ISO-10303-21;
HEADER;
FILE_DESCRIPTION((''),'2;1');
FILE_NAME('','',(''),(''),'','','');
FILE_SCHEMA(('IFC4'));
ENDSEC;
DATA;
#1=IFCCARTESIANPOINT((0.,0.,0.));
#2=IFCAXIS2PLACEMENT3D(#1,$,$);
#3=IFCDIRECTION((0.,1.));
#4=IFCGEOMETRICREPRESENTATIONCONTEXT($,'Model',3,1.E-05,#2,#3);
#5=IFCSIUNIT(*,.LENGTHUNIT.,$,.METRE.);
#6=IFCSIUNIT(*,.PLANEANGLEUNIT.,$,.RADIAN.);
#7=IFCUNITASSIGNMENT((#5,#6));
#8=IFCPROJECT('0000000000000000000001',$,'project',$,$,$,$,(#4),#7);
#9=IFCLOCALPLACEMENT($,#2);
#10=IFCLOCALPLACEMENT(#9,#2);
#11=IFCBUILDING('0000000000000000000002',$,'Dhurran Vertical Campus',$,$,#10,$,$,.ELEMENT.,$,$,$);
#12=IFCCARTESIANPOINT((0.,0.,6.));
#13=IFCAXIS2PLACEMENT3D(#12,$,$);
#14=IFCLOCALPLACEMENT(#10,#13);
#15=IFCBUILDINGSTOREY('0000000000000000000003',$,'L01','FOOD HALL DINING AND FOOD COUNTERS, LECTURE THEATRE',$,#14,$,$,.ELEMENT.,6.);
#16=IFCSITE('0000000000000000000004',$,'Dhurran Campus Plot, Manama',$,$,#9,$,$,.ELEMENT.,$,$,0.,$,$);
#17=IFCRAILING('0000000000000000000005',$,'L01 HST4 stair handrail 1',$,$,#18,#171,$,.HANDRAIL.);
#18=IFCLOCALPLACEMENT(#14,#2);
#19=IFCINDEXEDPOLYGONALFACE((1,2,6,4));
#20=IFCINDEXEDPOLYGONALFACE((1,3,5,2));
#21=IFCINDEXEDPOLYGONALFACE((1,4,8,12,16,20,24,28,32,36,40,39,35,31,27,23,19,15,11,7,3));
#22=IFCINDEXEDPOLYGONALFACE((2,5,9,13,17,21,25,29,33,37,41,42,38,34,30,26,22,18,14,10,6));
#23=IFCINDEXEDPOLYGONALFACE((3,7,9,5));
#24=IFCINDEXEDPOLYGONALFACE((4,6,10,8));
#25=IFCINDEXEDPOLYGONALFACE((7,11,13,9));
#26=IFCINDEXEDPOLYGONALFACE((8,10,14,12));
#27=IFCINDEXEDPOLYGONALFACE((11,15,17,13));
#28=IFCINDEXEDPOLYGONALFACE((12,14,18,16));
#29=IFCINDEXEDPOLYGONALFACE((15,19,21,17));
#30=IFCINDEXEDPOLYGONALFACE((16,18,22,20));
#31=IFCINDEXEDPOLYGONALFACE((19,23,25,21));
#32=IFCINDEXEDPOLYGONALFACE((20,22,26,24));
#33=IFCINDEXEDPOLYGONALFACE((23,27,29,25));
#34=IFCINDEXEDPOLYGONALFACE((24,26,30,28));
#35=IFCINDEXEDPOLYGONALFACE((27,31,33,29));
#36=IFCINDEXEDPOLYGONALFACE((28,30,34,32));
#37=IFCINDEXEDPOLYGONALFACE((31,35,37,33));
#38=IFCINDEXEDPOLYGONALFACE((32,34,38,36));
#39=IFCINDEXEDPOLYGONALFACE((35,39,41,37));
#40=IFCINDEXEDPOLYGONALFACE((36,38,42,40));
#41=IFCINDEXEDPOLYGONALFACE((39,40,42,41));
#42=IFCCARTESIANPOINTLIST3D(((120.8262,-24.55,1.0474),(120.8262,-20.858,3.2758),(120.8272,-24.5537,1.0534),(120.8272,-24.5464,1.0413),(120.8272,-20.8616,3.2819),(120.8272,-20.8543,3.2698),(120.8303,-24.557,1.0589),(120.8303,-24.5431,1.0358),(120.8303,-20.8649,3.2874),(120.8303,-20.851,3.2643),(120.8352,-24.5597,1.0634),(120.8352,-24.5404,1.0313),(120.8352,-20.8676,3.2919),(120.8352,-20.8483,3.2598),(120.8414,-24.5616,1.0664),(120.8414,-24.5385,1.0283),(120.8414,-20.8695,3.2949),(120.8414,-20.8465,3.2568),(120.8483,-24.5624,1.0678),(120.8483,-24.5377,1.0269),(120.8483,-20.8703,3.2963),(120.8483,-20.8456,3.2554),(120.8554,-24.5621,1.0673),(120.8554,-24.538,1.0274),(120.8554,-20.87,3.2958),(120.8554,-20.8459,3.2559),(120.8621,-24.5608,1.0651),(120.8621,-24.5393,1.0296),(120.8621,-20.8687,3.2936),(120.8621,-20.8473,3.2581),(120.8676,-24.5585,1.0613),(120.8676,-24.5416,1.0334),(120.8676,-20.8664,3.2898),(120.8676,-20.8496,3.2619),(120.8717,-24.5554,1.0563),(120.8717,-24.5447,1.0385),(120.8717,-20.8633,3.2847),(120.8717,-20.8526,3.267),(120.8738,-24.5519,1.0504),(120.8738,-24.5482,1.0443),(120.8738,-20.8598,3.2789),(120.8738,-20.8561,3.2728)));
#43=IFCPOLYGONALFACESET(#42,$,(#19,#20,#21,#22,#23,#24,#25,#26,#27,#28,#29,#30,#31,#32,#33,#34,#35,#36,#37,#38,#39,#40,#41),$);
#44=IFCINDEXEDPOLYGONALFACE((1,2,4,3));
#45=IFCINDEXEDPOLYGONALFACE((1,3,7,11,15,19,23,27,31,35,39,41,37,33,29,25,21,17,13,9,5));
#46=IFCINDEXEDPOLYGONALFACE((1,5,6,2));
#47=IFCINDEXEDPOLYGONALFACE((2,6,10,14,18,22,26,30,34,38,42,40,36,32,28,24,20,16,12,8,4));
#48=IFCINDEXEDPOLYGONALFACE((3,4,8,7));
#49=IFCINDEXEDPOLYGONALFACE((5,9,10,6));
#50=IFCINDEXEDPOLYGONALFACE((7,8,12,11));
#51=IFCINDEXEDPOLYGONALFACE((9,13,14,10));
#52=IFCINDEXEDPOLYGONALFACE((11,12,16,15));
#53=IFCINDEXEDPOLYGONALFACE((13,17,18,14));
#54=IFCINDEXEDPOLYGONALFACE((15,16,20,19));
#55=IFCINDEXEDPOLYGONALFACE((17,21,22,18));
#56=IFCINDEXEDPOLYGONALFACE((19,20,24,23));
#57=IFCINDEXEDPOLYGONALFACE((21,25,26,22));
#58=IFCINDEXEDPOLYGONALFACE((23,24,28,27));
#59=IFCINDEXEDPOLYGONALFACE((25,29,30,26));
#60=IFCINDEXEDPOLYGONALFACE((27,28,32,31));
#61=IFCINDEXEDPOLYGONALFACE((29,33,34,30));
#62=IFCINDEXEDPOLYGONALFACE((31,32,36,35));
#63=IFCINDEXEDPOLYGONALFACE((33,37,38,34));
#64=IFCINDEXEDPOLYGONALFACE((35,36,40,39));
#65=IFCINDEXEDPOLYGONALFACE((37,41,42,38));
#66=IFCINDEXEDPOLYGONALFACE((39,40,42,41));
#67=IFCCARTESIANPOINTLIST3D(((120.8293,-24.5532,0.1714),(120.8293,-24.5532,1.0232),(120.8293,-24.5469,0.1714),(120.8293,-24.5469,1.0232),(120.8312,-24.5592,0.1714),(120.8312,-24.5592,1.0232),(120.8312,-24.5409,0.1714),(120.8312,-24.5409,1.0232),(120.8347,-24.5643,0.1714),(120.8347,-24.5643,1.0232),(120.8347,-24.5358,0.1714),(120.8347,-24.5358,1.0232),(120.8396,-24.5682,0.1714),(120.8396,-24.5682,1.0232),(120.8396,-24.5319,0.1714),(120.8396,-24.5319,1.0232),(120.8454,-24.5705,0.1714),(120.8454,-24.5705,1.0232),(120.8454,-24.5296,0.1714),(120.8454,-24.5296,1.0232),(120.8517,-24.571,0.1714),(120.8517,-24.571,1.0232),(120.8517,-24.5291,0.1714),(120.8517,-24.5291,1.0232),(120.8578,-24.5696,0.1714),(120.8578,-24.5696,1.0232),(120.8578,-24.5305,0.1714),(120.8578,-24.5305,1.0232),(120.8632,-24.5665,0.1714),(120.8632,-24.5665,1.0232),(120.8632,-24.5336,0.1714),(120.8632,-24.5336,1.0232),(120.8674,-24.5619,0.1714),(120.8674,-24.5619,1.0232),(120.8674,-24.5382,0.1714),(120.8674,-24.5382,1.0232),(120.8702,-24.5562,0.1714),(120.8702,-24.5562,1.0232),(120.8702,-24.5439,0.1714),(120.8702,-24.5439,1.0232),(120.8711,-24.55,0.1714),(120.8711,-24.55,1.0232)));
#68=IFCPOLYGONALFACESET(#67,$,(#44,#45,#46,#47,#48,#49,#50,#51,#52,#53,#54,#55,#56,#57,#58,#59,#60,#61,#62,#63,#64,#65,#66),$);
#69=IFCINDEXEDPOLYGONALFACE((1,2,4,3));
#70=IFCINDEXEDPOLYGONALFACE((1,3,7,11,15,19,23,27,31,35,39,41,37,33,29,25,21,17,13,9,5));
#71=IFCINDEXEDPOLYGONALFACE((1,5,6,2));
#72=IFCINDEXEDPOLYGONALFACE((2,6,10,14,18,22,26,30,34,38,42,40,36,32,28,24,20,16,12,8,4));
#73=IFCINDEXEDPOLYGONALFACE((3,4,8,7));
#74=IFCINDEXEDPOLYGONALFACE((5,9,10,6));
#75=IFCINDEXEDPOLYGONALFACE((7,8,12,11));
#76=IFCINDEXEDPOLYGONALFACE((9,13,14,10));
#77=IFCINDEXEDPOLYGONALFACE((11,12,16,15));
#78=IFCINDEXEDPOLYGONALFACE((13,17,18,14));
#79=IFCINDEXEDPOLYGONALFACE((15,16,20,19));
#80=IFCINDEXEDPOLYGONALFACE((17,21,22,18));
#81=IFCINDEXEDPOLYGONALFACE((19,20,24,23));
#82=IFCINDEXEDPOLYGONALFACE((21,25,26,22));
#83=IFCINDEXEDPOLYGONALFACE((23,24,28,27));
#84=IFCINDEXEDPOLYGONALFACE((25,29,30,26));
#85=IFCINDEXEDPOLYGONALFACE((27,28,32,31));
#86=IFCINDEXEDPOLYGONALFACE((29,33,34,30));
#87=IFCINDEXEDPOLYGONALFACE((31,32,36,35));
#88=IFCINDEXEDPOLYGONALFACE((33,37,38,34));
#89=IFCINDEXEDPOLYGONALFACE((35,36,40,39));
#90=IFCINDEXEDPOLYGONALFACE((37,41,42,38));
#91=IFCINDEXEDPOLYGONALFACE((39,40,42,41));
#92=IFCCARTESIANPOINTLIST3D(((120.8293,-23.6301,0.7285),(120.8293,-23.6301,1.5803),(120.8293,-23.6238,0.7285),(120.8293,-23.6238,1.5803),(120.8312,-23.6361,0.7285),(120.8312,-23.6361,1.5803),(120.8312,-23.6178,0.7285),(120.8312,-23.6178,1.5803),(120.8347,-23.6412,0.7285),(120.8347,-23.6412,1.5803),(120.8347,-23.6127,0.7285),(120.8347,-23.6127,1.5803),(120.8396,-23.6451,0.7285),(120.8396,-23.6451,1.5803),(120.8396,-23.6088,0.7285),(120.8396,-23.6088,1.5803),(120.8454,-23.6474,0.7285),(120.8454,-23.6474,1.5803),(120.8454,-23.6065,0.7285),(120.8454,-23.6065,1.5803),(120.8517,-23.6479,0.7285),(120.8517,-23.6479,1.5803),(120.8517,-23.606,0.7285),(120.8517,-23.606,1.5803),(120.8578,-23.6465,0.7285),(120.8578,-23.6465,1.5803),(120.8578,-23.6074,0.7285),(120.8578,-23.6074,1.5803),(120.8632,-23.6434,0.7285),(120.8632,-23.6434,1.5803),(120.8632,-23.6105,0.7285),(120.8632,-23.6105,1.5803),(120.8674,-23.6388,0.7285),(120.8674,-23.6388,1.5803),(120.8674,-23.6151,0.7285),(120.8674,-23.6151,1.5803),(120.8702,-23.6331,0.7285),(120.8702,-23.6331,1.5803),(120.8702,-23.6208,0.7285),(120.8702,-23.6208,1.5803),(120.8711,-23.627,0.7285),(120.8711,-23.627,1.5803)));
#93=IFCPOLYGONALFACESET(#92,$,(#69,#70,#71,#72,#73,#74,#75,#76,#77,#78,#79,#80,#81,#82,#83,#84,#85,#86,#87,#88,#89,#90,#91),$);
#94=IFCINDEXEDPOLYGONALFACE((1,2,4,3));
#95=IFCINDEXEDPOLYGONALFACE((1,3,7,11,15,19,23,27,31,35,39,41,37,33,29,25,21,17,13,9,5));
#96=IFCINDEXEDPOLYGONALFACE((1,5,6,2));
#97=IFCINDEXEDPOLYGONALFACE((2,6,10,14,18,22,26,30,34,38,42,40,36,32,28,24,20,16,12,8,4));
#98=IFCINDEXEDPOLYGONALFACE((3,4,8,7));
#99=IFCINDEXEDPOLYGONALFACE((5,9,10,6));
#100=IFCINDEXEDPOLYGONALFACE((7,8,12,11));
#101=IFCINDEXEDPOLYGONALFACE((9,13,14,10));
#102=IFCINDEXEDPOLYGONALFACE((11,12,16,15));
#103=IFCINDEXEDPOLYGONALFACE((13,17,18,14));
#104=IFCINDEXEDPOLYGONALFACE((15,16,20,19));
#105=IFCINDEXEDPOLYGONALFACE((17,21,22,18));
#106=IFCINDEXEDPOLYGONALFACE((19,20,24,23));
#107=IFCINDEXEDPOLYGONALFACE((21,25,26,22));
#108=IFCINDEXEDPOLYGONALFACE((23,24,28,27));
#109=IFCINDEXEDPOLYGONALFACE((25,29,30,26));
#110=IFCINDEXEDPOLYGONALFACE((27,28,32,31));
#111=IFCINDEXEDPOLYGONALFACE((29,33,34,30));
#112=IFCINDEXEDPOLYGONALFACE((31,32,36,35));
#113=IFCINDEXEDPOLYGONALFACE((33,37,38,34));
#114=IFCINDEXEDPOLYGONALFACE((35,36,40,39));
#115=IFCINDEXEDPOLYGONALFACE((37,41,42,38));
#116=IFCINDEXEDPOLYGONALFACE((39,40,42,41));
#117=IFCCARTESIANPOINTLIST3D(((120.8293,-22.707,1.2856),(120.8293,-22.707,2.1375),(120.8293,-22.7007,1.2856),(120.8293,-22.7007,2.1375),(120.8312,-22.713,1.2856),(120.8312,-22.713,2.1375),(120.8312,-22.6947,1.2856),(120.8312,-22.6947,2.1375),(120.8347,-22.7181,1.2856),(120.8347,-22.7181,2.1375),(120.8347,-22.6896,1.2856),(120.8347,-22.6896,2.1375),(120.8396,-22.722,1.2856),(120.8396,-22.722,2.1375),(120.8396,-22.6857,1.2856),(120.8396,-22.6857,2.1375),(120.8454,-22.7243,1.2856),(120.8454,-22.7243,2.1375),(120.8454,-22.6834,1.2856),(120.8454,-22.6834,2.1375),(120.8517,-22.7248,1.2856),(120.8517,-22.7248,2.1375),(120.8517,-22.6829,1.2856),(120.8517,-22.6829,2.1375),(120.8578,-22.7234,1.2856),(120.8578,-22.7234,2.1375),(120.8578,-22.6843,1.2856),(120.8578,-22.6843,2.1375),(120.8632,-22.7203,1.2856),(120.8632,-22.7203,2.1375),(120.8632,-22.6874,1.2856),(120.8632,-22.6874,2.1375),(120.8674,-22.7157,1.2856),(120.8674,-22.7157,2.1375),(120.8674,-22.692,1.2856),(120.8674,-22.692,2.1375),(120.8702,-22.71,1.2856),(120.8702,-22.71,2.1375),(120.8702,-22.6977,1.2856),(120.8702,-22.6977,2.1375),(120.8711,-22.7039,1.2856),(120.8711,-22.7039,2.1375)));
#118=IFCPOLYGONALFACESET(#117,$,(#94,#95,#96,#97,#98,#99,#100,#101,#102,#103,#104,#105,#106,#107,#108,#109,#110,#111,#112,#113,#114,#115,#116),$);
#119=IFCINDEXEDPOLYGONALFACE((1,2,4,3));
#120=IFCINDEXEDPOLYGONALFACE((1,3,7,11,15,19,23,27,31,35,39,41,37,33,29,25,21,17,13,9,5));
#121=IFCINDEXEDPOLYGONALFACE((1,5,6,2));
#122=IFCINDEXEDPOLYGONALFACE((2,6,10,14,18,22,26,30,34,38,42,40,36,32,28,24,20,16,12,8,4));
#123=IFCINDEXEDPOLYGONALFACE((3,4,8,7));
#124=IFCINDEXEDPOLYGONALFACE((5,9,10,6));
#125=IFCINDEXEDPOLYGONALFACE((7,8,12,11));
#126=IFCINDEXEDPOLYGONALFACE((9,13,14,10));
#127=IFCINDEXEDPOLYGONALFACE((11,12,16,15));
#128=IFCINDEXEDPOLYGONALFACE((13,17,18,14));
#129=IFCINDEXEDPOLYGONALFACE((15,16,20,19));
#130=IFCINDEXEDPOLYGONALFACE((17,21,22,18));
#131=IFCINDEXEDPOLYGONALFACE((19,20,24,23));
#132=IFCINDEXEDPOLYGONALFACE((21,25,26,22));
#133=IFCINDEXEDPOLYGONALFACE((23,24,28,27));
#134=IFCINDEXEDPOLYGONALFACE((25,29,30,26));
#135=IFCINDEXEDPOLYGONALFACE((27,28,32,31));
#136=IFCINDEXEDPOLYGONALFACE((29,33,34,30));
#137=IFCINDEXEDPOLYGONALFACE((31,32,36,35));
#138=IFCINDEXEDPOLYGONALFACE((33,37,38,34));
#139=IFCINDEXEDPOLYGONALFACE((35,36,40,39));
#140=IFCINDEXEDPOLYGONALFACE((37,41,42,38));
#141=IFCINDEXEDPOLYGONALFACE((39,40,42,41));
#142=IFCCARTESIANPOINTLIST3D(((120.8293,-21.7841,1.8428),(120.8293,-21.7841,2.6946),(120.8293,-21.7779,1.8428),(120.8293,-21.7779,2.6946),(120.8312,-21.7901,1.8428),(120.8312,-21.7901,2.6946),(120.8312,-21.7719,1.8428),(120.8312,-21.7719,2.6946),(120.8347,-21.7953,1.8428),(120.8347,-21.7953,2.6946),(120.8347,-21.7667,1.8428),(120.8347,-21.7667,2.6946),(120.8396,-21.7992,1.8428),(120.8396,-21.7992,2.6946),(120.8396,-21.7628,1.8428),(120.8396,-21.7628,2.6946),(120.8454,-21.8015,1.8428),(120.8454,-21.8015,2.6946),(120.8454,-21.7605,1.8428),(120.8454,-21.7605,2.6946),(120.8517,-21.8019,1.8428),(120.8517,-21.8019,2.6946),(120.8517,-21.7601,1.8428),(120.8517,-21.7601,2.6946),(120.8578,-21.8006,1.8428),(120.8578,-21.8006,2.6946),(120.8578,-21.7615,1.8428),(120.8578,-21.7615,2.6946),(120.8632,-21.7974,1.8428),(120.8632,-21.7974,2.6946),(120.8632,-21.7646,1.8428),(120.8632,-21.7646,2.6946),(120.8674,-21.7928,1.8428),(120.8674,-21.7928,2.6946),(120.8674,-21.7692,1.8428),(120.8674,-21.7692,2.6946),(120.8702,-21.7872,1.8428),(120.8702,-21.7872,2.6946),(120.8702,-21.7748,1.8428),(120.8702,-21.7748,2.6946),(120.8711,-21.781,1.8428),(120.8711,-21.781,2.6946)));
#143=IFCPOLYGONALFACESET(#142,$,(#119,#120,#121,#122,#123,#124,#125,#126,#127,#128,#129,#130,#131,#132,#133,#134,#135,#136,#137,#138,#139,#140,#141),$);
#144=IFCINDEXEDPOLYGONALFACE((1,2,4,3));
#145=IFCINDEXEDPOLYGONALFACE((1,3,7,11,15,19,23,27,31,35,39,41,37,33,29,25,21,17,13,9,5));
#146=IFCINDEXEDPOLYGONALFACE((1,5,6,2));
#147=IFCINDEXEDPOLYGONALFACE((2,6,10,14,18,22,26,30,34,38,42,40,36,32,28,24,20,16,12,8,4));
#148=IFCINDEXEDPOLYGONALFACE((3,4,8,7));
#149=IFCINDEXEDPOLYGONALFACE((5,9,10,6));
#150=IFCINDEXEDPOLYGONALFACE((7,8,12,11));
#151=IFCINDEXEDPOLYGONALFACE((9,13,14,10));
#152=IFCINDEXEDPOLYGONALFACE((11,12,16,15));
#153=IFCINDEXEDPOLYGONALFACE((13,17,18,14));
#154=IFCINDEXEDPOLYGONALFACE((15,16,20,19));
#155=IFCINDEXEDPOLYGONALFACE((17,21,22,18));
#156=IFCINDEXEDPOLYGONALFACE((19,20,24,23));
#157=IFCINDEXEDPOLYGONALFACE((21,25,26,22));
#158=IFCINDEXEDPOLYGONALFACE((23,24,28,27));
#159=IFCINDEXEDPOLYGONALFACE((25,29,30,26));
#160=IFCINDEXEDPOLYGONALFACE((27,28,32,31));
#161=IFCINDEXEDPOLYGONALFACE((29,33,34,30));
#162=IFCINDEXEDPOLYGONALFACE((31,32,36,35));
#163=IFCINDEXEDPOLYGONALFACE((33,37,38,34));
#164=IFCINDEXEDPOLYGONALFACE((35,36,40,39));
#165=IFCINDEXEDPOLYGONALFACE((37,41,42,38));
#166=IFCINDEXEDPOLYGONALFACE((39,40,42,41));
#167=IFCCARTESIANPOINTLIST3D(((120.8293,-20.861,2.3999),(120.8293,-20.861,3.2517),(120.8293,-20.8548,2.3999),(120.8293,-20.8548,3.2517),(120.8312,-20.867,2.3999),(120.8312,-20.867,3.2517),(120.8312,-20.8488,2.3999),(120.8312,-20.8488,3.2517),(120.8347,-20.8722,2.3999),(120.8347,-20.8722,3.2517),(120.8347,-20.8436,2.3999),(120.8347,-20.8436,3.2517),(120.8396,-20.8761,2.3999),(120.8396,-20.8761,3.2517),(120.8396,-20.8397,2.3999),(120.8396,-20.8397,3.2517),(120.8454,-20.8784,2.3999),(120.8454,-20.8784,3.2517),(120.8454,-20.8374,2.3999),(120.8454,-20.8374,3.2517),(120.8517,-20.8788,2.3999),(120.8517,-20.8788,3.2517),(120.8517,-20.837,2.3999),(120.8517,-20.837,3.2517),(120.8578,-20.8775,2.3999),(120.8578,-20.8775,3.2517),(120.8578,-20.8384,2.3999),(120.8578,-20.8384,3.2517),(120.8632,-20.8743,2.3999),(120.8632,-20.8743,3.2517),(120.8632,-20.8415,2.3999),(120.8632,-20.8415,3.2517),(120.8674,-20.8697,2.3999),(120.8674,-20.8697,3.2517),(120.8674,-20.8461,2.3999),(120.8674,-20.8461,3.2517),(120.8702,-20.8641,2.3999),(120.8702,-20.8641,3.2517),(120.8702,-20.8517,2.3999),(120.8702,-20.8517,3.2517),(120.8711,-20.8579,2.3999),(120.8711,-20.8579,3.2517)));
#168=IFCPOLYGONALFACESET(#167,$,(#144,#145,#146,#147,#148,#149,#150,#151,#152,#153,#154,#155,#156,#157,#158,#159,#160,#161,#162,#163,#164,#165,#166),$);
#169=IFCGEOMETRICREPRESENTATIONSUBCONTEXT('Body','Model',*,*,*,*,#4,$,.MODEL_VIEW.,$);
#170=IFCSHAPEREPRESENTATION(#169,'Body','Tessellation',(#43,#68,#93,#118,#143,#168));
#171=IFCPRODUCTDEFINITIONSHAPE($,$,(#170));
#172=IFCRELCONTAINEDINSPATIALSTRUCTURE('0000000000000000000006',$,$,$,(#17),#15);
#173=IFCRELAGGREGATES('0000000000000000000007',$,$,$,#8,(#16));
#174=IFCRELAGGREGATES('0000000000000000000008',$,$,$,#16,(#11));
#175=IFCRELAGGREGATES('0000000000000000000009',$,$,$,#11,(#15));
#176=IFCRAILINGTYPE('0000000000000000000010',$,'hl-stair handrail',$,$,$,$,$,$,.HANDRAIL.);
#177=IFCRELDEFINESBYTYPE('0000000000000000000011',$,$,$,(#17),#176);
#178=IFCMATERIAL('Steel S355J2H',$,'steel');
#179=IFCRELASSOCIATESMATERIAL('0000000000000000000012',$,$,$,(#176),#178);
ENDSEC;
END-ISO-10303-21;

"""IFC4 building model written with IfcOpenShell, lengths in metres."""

from ifc_helpers import new_model, si_unit, direction, frame, origin, origin_2d, place, context, subcontext, project, spatial, circle, extrude, material, type_object, element, save


model = new_model("IFC4")

# Units and contexts
model_context = context("Model", 3, precision=1e-05, world=origin(), true_north=direction((0.0, 1.0)))
body_context = subcontext(model_context, "Body", "Model", "MODEL_VIEW")
ifc_project = project(units=[si_unit("LENGTHUNIT", "METRE"), si_unit("PLANEANGLEUNIT", "RADIAN")], contexts=[model_context])

# Site, building, storey
site_placement = place(None, origin())
site = spatial("IfcSite", under=ifc_project, at=site_placement, Name="Dhurran Campus Plot, Manama", CompositionType="ELEMENT", RefElevation=0.0)
building_placement = place(site_placement, origin())
building = spatial("IfcBuilding", under=site, at=building_placement, Name="Dhurran Vertical Campus", CompositionType="ELEMENT")
storey_placement = place(building_placement, frame((0.0, 0.0, 6.0)))
storey = spatial("IfcBuildingStorey", under=building, at=storey_placement, Name="L01", Description="FOOD HALL DINING AND FOOD COUNTERS, LECTURE THEATRE", CompositionType="ELEMENT", Elevation=6.0)

# Railing
ifc_material_1 = material(Name="Steel S355J2H", Category="steel")
railing_type_1 = type_object("IfcRailingType", Name="hl-stair handrail", PredefinedType="HANDRAIL", material=ifc_material_1)
railing_1_placement = place(storey_placement, frame((120.8501, -24.55, 0.1714)))
element("IfcRailing", 1, at=railing_1_placement, inside=storey, type_object=railing_type_1, Name="L01 HST4 stair handrail 1", PredefinedType="HANDRAIL", context=body_context, shape_type="SweptSolid", body=[
    extrude(circle(Radius=0.0239, at=origin_2d()), frame((0.0, 0.0, 0.876), z_axis=(0.0, 0.856136, 0.51675), x_axis=(-1.0, 0.0, 0.0)), (0.0, 0.0, 1.0), 4.3125),
    extrude(circle(Radius=0.021, at=origin_2d()), origin(), (0.0, 0.0, 1.0), 0.8518),
    extrude(circle(Radius=0.021, at=origin_2d()), frame((0.0, 0.9231, 0.5571)), (0.0, 0.0, 1.0), 0.8518),
    extrude(circle(Radius=0.021, at=origin_2d()), frame((0.0, 1.8462, 1.1143)), (0.0, 0.0, 1.0), 0.8518),
    extrude(circle(Radius=0.021, at=origin_2d()), frame((0.0, 2.769, 1.6714)), (0.0, 0.0, 1.0), 0.8518),
    extrude(circle(Radius=0.021, at=origin_2d()), frame((0.0, 3.6921, 2.2285)), (0.0, 0.0, 1.0), 0.8518),
])

save(model, "model.ifc")
